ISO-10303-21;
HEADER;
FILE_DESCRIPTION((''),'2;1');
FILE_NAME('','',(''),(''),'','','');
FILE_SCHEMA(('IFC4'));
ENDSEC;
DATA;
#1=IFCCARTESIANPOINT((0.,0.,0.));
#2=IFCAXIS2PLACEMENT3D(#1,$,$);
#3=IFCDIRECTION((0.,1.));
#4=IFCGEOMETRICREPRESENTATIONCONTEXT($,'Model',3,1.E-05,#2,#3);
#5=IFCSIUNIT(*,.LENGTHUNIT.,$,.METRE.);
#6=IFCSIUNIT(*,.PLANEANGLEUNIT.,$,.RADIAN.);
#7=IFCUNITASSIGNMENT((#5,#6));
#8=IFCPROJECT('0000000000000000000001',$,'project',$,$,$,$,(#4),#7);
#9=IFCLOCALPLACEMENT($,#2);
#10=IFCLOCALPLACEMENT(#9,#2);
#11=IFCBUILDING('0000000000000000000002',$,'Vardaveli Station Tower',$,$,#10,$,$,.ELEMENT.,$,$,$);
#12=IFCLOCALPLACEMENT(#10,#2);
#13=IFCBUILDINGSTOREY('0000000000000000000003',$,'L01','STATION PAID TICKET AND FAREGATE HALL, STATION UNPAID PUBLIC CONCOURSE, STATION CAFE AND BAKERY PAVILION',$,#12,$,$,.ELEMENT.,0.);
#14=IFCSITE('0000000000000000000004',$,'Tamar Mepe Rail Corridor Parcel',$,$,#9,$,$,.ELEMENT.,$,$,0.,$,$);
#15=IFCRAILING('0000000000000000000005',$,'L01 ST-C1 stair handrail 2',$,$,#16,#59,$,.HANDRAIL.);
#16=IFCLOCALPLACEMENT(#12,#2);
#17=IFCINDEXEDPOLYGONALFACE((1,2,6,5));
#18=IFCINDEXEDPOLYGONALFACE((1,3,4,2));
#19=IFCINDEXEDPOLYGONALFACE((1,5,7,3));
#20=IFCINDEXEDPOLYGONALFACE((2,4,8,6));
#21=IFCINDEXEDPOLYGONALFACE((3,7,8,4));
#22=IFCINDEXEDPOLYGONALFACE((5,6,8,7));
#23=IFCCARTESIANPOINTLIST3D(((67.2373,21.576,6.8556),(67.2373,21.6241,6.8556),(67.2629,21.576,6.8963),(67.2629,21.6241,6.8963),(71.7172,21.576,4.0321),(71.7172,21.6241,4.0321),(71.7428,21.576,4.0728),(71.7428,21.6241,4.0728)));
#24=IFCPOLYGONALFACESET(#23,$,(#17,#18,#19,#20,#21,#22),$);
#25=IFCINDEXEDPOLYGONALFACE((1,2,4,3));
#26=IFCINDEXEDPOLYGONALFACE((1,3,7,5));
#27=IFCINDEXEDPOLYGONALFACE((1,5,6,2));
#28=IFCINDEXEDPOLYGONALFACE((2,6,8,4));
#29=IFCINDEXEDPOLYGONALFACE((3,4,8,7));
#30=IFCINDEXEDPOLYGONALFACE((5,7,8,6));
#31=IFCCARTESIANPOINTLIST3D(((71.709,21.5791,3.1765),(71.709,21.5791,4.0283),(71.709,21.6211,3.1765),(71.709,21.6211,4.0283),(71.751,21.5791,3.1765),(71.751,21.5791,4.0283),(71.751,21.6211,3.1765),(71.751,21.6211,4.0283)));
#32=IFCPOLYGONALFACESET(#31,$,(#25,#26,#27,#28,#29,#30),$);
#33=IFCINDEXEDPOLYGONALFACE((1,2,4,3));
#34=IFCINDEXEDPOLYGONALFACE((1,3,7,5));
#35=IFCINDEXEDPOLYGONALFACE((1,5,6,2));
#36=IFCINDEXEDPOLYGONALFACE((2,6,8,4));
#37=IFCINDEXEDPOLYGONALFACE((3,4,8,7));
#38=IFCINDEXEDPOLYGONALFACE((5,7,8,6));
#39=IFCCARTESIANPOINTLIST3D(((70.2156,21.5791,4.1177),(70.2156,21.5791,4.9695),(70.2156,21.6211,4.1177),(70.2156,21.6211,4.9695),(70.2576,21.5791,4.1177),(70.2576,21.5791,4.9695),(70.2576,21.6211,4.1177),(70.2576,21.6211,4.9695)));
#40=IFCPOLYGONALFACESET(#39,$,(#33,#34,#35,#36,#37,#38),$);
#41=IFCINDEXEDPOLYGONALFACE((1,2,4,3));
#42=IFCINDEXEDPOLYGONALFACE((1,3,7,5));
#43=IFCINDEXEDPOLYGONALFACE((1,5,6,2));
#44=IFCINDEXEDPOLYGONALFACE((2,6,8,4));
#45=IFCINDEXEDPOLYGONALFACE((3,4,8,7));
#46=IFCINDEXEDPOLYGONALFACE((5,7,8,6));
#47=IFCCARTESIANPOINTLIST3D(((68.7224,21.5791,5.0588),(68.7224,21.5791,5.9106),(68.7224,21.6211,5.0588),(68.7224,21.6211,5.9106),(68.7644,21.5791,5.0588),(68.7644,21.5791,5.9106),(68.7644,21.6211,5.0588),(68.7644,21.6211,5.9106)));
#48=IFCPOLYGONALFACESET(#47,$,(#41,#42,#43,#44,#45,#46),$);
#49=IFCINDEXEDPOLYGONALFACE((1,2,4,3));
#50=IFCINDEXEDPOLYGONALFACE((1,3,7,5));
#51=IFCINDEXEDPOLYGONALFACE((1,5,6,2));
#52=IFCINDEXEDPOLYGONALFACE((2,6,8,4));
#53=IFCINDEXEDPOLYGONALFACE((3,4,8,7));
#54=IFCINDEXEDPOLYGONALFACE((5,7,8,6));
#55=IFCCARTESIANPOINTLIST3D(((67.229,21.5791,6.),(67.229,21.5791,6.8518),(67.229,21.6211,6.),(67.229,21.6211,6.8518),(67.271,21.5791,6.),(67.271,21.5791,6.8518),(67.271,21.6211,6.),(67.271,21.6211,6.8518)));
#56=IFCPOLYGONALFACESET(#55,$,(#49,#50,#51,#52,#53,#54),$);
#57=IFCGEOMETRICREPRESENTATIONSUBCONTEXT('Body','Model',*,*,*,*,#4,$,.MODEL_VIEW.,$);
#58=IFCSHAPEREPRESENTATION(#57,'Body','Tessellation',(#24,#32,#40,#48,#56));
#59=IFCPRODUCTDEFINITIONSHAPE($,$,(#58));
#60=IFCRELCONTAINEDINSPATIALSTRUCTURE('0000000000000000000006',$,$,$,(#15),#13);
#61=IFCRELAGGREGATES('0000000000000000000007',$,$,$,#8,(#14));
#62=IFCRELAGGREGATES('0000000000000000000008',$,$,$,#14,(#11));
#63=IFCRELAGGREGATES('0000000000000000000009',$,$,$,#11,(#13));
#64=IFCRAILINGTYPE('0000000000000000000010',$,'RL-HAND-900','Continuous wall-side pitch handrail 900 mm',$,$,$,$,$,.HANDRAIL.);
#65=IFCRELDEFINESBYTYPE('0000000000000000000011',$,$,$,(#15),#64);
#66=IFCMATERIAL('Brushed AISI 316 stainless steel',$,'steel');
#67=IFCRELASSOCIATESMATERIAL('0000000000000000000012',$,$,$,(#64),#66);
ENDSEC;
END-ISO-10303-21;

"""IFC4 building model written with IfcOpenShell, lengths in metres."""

from ifc_helpers import new_model, si_unit, direction, frame, origin, origin_2d, place, context, subcontext, project, spatial, rectangle, extrude, source, transform, mapped, material, type_object, element, save


model = new_model("IFC4")

# Units and contexts
model_context = context("Model", 3, precision=1e-05, world=origin(), true_north=direction((0.0, 1.0)))
body_context = subcontext(model_context, "Body", "Model", "MODEL_VIEW")
ifc_project = project(units=[si_unit("LENGTHUNIT", "METRE"), si_unit("PLANEANGLEUNIT", "RADIAN")], contexts=[model_context])

# Site, building, storey
site_placement = place(None, origin())
site = spatial("IfcSite", under=ifc_project, at=site_placement, Name="Tamar Mepe Rail Corridor Parcel", CompositionType="ELEMENT", RefElevation=0.0)
building_placement = place(site_placement, origin())
building = spatial("IfcBuilding", under=site, at=building_placement, Name="Vardaveli Station Tower", CompositionType="ELEMENT")
storey_placement = place(building_placement, origin())
storey = spatial("IfcBuildingStorey", under=building, at=storey_placement, Name="L01", Description="STATION PAID TICKET AND FAREGATE HALL, STATION UNPAID PUBLIC CONCOURSE, STATION CAFE AND BAKERY PAVILION", CompositionType="ELEMENT", Elevation=0.0)

# Railing
ifc_material_1 = material(Name="Brushed AISI 316 stainless steel", Category="steel")
railing_type_1 = type_object("IfcRailingType", Name="RL-HAND-900", Description="Continuous wall-side pitch handrail 900 mm", PredefinedType="HANDRAIL", material=ifc_material_1)
shared_shape_1 = source(origin(), body_context, "Body", "SweptSolid", [
    extrude(rectangle(XDim=0.0481, YDim=0.0481, at=origin_2d()), frame((0.0, 0.0, 0.876), z_axis=(-0.845998, 0.0, 0.533186), x_axis=(0.0, -1.0, 0.0)), (0.0, 0.0, 1.0), 5.2954),
    extrude(rectangle(XDim=0.042, YDim=0.042, at=origin_2d()), origin(), (0.0, 0.0, 1.0), 0.8518),
    extrude(rectangle(XDim=0.042, YDim=0.042, at=origin_2d()), frame((-1.4934, 0.0, 0.9412)), (0.0, 0.0, 1.0), 0.8518),
    extrude(rectangle(XDim=0.042, YDim=0.042, at=origin_2d()), frame((-2.9866, 0.0, 1.8823)), (0.0, 0.0, 1.0), 0.8518),
    extrude(rectangle(XDim=0.042, YDim=0.042, at=origin_2d()), frame((-4.48, 0.0, 2.8235)), (0.0, 0.0, 1.0), 0.8518),
])
railing_1_placement = place(storey_placement, frame((71.73, 21.6001, 3.1765)))
element("IfcRailing", 1, at=railing_1_placement, inside=storey, type_object=railing_type_1, Name="L01 ST-C1 stair handrail 2", PredefinedType="HANDRAIL", context=body_context, shape_type="MappedRepresentation", body=[
    mapped(shared_shape_1, transform((0.0, 0.0, 0.0), scale=1.0)),
])

save(model, "model.ifc")
